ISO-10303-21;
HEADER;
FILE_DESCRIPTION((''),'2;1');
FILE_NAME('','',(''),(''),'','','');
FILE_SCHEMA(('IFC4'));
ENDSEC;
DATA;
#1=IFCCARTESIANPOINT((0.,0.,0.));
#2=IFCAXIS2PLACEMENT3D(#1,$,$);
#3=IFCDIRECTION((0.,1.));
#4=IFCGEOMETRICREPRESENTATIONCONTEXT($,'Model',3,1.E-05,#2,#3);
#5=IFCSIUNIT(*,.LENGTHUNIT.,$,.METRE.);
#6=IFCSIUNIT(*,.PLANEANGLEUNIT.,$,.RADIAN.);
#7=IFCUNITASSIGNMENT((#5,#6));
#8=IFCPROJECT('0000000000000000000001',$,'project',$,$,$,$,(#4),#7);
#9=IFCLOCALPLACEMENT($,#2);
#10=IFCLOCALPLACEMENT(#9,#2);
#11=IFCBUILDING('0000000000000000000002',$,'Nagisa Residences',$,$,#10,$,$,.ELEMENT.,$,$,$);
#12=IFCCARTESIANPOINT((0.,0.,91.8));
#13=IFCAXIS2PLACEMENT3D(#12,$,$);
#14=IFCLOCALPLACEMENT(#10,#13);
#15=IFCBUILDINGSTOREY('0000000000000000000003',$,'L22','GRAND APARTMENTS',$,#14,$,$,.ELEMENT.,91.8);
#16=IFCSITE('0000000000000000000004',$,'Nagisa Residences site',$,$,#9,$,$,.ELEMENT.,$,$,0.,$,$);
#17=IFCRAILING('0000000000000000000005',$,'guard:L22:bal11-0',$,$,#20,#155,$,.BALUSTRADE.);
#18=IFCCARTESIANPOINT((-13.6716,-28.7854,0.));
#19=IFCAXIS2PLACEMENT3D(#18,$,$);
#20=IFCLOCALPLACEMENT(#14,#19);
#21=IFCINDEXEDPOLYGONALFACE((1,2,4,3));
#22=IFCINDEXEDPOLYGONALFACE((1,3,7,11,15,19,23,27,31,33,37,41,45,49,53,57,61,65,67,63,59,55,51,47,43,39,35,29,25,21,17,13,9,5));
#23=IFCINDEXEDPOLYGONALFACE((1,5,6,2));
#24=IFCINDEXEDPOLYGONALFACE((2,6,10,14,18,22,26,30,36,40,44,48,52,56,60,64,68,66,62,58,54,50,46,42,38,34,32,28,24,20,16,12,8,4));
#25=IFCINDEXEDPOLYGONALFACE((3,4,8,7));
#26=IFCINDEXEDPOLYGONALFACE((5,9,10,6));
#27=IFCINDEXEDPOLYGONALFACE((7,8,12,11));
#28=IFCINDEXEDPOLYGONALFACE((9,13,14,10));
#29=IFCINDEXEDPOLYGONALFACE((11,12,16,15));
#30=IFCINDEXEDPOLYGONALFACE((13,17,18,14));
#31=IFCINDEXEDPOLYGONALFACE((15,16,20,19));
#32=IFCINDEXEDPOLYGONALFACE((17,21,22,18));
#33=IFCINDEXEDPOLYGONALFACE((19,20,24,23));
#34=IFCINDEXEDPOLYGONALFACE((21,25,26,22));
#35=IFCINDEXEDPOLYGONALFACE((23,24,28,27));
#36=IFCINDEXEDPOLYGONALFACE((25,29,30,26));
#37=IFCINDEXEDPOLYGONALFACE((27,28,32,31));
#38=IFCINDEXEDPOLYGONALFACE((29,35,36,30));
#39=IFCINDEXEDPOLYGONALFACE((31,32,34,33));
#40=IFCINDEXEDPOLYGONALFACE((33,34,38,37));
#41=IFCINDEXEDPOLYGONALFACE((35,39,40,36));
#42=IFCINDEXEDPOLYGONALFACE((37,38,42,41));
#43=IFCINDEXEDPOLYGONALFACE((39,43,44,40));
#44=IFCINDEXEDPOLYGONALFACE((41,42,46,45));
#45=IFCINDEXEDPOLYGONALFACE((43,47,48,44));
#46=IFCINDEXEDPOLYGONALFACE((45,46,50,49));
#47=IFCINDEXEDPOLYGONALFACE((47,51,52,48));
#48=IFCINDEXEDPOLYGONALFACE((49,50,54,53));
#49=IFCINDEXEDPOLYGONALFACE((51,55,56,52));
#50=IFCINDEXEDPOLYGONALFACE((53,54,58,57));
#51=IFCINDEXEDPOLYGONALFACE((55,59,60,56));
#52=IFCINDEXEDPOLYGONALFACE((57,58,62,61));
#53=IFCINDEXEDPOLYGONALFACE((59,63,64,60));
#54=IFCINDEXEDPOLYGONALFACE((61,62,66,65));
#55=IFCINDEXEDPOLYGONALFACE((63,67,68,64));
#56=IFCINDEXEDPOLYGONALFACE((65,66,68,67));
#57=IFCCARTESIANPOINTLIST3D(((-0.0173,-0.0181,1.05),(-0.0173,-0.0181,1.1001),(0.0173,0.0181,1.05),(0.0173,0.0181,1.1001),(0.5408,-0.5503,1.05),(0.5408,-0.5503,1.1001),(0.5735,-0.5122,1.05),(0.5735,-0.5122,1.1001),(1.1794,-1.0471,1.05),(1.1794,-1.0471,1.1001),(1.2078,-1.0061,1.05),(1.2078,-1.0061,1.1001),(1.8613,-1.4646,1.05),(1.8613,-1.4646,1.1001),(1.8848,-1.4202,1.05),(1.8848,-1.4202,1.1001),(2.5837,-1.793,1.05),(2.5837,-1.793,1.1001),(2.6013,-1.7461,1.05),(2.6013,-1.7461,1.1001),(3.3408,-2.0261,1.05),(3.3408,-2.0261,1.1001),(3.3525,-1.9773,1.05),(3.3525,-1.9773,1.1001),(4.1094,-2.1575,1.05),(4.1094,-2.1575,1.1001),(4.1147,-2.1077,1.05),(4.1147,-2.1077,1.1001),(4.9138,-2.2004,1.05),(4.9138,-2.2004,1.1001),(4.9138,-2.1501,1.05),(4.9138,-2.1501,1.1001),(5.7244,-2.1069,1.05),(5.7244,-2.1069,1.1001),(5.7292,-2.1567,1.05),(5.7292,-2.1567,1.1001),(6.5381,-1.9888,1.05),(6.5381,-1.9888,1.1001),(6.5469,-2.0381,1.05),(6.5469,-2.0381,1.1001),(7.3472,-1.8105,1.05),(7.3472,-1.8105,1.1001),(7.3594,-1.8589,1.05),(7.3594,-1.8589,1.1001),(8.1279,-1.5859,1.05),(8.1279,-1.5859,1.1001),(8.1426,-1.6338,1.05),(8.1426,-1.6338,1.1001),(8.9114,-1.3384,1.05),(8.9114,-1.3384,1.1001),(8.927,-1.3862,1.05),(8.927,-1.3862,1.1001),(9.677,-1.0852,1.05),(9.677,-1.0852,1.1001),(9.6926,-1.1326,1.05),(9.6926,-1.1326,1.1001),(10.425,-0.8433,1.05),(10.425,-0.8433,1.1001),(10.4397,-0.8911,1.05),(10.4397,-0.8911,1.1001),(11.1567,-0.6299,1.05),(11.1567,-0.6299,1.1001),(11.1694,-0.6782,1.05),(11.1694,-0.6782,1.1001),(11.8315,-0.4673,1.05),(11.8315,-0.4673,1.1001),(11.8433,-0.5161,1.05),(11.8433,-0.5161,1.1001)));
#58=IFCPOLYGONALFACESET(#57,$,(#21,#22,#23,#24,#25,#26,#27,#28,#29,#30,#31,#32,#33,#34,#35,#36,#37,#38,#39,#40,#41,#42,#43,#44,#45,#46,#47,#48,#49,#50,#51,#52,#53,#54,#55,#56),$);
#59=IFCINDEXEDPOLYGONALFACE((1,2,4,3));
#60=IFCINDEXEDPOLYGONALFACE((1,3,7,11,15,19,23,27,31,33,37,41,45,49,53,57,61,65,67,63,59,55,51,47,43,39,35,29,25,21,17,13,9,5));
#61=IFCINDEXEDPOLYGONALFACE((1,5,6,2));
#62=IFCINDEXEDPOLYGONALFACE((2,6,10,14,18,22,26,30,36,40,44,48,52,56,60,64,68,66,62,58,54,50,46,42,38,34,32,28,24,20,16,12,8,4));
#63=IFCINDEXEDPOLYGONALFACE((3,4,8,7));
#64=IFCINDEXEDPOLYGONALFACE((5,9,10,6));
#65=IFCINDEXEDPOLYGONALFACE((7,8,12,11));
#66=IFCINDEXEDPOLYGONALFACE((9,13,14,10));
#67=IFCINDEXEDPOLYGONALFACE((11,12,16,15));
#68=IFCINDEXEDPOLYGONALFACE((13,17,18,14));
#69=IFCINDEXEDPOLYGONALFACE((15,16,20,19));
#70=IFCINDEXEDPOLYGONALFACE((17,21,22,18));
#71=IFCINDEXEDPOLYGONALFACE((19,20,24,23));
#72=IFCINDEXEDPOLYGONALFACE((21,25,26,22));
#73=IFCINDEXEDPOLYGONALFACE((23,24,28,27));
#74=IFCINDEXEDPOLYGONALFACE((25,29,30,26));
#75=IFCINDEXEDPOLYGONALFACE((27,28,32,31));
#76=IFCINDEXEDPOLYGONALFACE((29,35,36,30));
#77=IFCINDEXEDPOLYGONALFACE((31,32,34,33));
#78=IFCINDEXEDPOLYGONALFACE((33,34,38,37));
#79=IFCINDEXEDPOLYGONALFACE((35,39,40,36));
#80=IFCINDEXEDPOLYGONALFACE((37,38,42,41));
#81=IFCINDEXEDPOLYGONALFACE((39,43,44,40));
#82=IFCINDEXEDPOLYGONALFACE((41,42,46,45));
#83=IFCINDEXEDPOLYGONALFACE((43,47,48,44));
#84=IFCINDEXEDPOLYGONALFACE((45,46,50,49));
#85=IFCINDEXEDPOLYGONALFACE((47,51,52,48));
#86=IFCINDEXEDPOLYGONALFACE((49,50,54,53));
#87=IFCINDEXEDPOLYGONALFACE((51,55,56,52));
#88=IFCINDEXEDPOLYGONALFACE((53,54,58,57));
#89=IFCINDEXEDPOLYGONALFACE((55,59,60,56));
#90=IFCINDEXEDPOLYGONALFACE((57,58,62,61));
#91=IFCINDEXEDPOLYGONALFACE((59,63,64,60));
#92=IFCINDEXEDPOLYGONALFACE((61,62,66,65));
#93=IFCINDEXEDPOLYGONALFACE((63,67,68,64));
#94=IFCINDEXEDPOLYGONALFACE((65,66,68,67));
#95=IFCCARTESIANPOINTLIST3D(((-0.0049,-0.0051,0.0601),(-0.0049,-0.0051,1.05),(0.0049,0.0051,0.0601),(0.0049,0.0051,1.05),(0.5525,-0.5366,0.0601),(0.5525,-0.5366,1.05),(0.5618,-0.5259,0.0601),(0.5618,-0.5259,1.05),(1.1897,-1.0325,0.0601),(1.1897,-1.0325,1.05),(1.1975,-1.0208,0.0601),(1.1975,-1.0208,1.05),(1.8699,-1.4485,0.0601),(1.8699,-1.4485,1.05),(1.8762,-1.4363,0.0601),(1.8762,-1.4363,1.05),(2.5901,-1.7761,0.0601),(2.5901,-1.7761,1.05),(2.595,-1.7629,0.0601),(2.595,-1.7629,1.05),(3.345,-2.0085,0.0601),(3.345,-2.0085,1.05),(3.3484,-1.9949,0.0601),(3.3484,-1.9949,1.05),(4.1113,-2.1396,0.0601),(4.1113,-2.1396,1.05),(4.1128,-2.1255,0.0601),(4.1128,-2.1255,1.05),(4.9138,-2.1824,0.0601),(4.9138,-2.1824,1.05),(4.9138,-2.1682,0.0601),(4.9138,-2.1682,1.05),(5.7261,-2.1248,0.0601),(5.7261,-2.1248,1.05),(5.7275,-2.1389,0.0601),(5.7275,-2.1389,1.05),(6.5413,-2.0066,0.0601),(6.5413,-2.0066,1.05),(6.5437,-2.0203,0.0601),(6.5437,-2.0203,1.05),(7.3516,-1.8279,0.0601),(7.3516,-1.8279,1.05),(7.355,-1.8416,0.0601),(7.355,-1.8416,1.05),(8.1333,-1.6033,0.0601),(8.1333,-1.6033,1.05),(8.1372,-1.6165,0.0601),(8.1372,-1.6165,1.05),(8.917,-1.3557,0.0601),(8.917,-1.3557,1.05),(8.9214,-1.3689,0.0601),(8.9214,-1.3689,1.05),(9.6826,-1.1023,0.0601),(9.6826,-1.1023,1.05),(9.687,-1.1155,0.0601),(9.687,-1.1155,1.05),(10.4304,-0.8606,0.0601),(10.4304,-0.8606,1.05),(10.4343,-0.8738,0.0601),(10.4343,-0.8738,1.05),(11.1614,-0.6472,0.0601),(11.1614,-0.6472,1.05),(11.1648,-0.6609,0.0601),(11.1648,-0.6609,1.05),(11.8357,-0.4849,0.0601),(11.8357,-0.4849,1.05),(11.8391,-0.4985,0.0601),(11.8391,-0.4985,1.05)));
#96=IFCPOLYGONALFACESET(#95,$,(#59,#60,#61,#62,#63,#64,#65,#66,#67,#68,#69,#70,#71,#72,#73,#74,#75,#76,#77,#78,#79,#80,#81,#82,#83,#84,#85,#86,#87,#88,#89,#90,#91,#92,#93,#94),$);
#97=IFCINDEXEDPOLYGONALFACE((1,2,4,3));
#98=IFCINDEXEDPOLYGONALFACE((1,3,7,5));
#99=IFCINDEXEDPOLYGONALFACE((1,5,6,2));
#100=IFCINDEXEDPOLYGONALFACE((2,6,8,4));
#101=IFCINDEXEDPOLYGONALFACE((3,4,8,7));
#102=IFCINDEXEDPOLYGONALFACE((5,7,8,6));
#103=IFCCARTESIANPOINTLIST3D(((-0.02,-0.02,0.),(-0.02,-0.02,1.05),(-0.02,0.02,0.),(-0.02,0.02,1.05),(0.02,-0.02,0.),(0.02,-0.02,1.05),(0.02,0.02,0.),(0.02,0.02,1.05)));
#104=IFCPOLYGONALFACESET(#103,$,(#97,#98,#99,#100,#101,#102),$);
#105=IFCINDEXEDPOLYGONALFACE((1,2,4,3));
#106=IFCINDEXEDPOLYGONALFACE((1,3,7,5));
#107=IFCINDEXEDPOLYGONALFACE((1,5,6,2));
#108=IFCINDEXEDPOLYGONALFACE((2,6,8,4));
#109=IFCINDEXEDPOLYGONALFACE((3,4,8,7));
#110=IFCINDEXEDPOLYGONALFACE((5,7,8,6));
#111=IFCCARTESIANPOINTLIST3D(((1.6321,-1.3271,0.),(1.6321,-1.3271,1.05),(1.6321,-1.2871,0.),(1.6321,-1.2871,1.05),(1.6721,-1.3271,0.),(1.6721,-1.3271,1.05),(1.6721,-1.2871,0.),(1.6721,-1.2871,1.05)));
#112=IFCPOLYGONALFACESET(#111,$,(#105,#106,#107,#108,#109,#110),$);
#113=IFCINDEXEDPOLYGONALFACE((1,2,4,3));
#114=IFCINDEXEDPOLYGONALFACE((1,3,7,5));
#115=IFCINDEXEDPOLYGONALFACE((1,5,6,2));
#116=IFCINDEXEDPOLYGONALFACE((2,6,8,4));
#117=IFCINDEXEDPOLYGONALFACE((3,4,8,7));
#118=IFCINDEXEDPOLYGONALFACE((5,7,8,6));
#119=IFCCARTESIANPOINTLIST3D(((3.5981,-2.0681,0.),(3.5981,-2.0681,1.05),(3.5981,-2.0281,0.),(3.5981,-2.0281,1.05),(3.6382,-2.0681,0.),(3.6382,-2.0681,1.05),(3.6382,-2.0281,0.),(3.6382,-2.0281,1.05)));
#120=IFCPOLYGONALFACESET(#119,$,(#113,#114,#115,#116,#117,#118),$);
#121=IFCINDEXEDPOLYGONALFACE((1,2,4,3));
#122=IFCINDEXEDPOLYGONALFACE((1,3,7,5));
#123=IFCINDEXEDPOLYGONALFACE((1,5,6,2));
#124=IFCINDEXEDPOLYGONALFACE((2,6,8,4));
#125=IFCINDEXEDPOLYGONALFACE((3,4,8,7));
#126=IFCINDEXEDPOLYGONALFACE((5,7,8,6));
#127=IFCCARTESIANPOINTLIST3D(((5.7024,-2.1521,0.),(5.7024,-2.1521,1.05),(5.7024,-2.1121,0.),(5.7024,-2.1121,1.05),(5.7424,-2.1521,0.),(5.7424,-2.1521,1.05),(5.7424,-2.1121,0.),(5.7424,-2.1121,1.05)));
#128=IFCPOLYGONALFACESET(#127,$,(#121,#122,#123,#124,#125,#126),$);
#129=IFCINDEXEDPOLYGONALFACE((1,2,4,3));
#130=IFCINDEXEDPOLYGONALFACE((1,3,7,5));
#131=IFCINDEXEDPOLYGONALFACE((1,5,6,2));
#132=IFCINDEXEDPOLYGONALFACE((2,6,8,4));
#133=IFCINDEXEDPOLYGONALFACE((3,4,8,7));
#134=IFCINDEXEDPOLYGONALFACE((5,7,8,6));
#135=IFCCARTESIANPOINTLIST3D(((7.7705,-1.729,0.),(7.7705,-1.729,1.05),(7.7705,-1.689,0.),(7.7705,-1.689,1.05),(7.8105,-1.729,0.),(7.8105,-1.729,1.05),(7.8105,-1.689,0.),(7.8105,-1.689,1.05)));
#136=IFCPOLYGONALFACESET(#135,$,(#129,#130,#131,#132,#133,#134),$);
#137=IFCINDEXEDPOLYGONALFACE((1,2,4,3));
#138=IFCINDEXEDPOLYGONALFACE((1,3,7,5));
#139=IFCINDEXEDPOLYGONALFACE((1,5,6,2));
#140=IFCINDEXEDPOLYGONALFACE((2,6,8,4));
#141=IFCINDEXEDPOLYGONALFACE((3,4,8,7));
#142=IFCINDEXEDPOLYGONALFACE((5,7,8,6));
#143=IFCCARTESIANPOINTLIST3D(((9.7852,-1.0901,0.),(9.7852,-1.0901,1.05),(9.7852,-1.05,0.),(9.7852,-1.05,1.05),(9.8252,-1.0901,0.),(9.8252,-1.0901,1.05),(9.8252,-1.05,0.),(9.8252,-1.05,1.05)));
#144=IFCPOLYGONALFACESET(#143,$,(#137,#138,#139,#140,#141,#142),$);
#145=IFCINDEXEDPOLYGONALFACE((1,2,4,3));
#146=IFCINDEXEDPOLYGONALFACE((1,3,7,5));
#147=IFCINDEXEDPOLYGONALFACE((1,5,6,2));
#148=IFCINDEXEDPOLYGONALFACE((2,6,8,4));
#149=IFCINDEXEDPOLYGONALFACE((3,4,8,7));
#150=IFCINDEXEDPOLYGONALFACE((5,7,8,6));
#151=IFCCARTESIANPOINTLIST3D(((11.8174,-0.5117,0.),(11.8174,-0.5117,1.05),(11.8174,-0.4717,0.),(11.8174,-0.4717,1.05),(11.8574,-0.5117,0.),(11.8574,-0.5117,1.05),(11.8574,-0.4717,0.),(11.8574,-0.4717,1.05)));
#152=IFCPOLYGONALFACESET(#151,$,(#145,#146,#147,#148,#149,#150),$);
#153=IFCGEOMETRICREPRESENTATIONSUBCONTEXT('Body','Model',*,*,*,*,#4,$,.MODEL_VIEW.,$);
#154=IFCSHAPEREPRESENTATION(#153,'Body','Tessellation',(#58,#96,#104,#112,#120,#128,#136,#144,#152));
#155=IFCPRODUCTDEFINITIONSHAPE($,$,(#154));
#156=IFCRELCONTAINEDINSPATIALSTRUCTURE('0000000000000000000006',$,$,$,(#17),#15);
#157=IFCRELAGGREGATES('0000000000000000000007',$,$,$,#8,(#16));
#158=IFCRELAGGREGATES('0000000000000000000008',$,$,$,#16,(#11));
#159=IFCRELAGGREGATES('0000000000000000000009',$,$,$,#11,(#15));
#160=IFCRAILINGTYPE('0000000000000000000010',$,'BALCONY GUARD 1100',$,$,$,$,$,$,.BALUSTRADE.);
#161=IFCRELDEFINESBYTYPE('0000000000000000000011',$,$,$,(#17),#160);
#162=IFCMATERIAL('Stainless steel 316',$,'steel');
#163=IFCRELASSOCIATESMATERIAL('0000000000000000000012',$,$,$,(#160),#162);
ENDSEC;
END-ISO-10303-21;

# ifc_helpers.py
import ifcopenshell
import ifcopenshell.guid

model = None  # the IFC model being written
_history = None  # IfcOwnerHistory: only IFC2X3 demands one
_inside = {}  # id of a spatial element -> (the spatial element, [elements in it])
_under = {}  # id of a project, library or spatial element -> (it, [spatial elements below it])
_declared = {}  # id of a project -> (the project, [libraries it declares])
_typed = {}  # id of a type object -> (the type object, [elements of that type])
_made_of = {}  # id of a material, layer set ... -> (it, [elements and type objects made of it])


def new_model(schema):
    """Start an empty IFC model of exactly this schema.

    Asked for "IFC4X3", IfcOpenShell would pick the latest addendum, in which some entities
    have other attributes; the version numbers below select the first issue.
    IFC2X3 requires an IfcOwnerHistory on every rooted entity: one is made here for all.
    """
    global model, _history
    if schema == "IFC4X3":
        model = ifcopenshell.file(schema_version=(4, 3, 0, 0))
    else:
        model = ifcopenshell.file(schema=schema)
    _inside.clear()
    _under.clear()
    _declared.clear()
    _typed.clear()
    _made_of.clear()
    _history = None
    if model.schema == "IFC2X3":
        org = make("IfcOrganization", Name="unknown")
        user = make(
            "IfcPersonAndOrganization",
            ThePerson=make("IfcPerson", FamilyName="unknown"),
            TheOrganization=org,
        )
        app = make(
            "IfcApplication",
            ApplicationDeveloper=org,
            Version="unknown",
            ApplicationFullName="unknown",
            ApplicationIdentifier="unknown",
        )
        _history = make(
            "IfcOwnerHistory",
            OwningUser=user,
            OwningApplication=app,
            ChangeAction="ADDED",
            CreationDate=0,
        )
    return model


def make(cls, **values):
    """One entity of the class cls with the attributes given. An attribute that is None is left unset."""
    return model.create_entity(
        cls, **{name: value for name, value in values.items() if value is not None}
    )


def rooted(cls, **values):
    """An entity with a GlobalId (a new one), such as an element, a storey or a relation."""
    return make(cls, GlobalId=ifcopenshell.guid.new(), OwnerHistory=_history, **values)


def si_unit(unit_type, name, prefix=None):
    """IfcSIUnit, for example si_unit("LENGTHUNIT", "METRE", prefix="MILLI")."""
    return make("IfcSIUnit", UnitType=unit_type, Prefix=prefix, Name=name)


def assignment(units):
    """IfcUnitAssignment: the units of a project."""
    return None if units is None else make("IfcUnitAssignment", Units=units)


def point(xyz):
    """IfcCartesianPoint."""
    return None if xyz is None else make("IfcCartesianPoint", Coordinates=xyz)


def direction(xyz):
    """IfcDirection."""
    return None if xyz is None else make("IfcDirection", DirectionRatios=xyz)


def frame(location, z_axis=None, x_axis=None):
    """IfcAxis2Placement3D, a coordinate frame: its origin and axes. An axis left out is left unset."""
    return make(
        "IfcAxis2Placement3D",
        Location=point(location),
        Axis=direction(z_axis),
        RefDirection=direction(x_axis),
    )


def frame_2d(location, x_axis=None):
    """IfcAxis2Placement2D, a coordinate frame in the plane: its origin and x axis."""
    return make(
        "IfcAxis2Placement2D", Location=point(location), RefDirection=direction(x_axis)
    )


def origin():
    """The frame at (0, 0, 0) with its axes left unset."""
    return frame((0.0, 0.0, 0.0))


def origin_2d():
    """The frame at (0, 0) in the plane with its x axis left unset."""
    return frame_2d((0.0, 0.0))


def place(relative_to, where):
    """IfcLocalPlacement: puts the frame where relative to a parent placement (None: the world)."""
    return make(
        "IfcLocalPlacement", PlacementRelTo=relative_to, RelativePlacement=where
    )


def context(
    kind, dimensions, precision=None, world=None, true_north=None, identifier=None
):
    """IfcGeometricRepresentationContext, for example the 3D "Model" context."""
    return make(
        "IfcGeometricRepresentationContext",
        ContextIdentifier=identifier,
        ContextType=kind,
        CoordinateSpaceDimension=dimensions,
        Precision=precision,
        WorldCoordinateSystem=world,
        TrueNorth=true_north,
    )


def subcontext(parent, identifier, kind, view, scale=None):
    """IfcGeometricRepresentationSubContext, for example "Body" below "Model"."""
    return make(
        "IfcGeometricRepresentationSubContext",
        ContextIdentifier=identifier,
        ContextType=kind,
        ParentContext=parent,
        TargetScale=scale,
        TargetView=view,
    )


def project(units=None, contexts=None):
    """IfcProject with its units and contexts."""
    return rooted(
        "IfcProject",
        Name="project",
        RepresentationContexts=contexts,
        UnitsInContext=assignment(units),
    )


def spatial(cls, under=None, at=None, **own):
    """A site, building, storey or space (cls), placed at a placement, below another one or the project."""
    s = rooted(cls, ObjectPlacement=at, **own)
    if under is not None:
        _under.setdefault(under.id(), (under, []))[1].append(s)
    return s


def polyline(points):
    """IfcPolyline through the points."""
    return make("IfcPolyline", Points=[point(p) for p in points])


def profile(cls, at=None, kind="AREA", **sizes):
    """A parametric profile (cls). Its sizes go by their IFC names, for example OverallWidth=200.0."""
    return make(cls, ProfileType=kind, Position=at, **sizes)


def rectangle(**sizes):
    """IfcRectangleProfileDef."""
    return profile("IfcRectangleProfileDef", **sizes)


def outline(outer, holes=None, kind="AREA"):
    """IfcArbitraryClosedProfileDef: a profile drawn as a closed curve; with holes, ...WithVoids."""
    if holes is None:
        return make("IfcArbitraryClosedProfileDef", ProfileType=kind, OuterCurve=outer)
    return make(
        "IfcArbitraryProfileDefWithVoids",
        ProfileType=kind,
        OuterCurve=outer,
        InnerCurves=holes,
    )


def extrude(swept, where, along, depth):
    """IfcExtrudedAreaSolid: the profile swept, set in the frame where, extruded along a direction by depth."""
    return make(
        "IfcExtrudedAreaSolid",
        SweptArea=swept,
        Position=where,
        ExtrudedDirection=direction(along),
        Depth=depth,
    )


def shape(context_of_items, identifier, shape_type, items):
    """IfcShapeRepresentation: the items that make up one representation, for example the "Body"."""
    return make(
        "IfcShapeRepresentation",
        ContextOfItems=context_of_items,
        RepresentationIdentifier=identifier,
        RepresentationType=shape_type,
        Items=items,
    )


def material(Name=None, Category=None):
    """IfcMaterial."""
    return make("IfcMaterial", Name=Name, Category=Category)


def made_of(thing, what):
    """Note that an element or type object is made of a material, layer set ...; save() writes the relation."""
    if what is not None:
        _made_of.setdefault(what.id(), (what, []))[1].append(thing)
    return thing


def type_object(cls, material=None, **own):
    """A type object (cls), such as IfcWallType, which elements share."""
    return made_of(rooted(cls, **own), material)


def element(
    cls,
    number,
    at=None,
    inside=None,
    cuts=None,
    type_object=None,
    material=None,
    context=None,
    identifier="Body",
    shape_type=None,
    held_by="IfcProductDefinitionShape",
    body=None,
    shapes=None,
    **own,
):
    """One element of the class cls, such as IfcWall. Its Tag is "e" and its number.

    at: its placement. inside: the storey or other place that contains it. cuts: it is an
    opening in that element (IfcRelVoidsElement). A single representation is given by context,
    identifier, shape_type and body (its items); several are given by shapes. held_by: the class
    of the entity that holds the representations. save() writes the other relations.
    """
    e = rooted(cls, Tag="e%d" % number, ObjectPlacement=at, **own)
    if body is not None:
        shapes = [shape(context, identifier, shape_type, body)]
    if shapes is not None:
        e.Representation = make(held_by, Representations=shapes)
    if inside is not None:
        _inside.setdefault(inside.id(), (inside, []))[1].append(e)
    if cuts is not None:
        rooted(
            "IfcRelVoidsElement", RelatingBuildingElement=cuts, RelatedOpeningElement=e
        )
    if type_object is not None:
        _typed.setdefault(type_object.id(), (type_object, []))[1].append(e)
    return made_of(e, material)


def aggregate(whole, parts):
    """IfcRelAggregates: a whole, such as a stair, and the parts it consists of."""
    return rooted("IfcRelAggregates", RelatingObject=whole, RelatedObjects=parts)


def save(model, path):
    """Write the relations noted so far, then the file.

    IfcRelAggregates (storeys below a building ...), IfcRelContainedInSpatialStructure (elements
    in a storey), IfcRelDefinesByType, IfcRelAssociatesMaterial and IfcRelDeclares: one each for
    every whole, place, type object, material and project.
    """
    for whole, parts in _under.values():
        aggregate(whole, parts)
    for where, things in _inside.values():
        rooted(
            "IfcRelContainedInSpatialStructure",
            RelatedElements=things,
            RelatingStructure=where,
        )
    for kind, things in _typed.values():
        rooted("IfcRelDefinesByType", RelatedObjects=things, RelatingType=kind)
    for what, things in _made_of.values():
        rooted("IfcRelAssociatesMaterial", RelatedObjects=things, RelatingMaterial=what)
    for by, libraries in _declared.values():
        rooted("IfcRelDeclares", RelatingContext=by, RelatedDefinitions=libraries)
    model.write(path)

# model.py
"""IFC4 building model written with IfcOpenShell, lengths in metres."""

from ifc_helpers import new_model, si_unit, direction, frame, origin, origin_2d, place, context, subcontext, project, spatial, polyline, rectangle, outline, extrude, material, type_object, element, save


model = new_model("IFC4")

# Units and contexts
model_context = context("Model", 3, precision=1e-05, world=origin(), true_north=direction((0.0, 1.0)))
body_context = subcontext(model_context, "Body", "Model", "MODEL_VIEW")
ifc_project = project(units=[si_unit("LENGTHUNIT", "METRE"), si_unit("PLANEANGLEUNIT", "RADIAN")], contexts=[model_context])

# Site, building, storey
site_placement = place(None, origin())
site = spatial("IfcSite", under=ifc_project, at=site_placement, Name="Nagisa Residences site", CompositionType="ELEMENT", RefElevation=0.0)
building_placement = place(site_placement, origin())
building = spatial("IfcBuilding", under=site, at=building_placement, Name="Nagisa Residences", CompositionType="ELEMENT")
storey_placement = place(building_placement, frame((0.0, 0.0, 91.8)))
storey = spatial("IfcBuildingStorey", under=building, at=storey_placement, Name="L22", Description="GRAND APARTMENTS", CompositionType="ELEMENT", Elevation=91.8)

# Railing
ifc_material_1 = material(Name="Stainless steel 316", Category="steel")
railing_type = type_object("IfcRailingType", Name="BALCONY GUARD 1100", PredefinedType="BALUSTRADE", material=ifc_material_1)
railing_1_placement = place(storey_placement, frame((-13.6716, -28.7854, 0.0)))
element("IfcRailing", 1, at=railing_1_placement, inside=storey, type_object=railing_type, Name="guard:L22:bal11-0", PredefinedType="BALUSTRADE", context=body_context, shape_type="SweptSolid", body=[
    extrude(outline(polyline([(0.5735, -0.5122), (0.0173, 0.0181), (-0.0173, -0.0181), (0.5408, -0.5503), (1.1794, -1.0471), (1.8613, -1.4646), (2.5837, -1.793), (3.3408, -2.0261), (4.1094, -2.1575), (4.9138, -2.2004), (5.7292, -2.1567), (6.5469, -2.0381), (7.3594, -1.8589), (8.1426, -1.6338), (8.927, -1.3862), (9.6926, -1.1326), (10.4397, -0.8911), (11.1694, -0.6782), (11.8433, -0.5161), (11.8315, -0.4673), (11.1567, -0.6299), (10.425, -0.8433), (9.677, -1.0852), (8.9114, -1.3384), (8.1279, -1.5859), (7.3472, -1.8105), (6.5381, -1.9888), (5.7244, -2.1069), (4.9138, -2.1501), (4.1147, -2.1077), (3.3525, -1.9773), (2.6013, -1.7461), (1.8848, -1.4202), (1.2078, -1.0061), (0.5735, -0.5122)])), frame((0.0, 0.0, 1.05)), (0.0, 0.0, 1.0), 0.05),
    extrude(outline(polyline([(0.5618, -0.5259), (0.0049, 0.0051), (-0.0049, -0.0051), (0.5525, -0.5366), (1.1897, -1.0325), (1.8699, -1.4485), (2.5901, -1.7761), (3.345, -2.0085), (4.1113, -2.1396), (4.9138, -2.1824), (5.7275, -2.1389), (6.5437, -2.0203), (7.355, -1.8416), (8.1372, -1.6165), (8.9214, -1.3689), (9.687, -1.1155), (10.4343, -0.8738), (11.1648, -0.6609), (11.8391, -0.4985), (11.8357, -0.4849), (11.1614, -0.6472), (10.4304, -0.8606), (9.6826, -1.1023), (8.917, -1.3557), (8.1333, -1.6033), (7.3516, -1.8279), (6.5413, -2.0066), (5.7261, -2.1248), (4.9138, -2.1682), (4.1128, -2.1255), (3.3484, -1.9949), (2.595, -1.7629), (1.8762, -1.4363), (1.1975, -1.0208), (0.5618, -0.5259)])), frame((0.0, 0.0, 0.0601)), (0.0, 0.0, 1.0), 0.99),
    extrude(rectangle(XDim=0.04, YDim=0.04, at=origin_2d()), origin(), (0.0, 0.0, 1.0), 1.05),
    extrude(rectangle(XDim=0.04, YDim=0.04, at=origin_2d()), frame((1.6521, -1.3071, 0.0)), (0.0, 0.0, 1.0), 1.05),
    extrude(rectangle(XDim=0.04, YDim=0.04, at=origin_2d()), frame((3.6182, -2.0481, 0.0)), (0.0, 0.0, 1.0), 1.05),
    extrude(rectangle(XDim=0.04, YDim=0.04, at=origin_2d()), frame((5.7224, -2.1321, 0.0)), (0.0, 0.0, 1.0), 1.05),
    extrude(rectangle(XDim=0.04, YDim=0.04, at=origin_2d()), frame((7.7905, -1.709, 0.0)), (0.0, 0.0, 1.0), 1.05),
    extrude(rectangle(XDim=0.04, YDim=0.04, at=origin_2d()), frame((9.8052, -1.0701, 0.0)), (0.0, 0.0, 1.0), 1.05),
    extrude(rectangle(XDim=0.04, YDim=0.04, at=origin_2d()), frame((11.8374, -0.4917, 0.0)), (0.0, 0.0, 1.0), 1.05),
])

save(model, "model.ifc")
